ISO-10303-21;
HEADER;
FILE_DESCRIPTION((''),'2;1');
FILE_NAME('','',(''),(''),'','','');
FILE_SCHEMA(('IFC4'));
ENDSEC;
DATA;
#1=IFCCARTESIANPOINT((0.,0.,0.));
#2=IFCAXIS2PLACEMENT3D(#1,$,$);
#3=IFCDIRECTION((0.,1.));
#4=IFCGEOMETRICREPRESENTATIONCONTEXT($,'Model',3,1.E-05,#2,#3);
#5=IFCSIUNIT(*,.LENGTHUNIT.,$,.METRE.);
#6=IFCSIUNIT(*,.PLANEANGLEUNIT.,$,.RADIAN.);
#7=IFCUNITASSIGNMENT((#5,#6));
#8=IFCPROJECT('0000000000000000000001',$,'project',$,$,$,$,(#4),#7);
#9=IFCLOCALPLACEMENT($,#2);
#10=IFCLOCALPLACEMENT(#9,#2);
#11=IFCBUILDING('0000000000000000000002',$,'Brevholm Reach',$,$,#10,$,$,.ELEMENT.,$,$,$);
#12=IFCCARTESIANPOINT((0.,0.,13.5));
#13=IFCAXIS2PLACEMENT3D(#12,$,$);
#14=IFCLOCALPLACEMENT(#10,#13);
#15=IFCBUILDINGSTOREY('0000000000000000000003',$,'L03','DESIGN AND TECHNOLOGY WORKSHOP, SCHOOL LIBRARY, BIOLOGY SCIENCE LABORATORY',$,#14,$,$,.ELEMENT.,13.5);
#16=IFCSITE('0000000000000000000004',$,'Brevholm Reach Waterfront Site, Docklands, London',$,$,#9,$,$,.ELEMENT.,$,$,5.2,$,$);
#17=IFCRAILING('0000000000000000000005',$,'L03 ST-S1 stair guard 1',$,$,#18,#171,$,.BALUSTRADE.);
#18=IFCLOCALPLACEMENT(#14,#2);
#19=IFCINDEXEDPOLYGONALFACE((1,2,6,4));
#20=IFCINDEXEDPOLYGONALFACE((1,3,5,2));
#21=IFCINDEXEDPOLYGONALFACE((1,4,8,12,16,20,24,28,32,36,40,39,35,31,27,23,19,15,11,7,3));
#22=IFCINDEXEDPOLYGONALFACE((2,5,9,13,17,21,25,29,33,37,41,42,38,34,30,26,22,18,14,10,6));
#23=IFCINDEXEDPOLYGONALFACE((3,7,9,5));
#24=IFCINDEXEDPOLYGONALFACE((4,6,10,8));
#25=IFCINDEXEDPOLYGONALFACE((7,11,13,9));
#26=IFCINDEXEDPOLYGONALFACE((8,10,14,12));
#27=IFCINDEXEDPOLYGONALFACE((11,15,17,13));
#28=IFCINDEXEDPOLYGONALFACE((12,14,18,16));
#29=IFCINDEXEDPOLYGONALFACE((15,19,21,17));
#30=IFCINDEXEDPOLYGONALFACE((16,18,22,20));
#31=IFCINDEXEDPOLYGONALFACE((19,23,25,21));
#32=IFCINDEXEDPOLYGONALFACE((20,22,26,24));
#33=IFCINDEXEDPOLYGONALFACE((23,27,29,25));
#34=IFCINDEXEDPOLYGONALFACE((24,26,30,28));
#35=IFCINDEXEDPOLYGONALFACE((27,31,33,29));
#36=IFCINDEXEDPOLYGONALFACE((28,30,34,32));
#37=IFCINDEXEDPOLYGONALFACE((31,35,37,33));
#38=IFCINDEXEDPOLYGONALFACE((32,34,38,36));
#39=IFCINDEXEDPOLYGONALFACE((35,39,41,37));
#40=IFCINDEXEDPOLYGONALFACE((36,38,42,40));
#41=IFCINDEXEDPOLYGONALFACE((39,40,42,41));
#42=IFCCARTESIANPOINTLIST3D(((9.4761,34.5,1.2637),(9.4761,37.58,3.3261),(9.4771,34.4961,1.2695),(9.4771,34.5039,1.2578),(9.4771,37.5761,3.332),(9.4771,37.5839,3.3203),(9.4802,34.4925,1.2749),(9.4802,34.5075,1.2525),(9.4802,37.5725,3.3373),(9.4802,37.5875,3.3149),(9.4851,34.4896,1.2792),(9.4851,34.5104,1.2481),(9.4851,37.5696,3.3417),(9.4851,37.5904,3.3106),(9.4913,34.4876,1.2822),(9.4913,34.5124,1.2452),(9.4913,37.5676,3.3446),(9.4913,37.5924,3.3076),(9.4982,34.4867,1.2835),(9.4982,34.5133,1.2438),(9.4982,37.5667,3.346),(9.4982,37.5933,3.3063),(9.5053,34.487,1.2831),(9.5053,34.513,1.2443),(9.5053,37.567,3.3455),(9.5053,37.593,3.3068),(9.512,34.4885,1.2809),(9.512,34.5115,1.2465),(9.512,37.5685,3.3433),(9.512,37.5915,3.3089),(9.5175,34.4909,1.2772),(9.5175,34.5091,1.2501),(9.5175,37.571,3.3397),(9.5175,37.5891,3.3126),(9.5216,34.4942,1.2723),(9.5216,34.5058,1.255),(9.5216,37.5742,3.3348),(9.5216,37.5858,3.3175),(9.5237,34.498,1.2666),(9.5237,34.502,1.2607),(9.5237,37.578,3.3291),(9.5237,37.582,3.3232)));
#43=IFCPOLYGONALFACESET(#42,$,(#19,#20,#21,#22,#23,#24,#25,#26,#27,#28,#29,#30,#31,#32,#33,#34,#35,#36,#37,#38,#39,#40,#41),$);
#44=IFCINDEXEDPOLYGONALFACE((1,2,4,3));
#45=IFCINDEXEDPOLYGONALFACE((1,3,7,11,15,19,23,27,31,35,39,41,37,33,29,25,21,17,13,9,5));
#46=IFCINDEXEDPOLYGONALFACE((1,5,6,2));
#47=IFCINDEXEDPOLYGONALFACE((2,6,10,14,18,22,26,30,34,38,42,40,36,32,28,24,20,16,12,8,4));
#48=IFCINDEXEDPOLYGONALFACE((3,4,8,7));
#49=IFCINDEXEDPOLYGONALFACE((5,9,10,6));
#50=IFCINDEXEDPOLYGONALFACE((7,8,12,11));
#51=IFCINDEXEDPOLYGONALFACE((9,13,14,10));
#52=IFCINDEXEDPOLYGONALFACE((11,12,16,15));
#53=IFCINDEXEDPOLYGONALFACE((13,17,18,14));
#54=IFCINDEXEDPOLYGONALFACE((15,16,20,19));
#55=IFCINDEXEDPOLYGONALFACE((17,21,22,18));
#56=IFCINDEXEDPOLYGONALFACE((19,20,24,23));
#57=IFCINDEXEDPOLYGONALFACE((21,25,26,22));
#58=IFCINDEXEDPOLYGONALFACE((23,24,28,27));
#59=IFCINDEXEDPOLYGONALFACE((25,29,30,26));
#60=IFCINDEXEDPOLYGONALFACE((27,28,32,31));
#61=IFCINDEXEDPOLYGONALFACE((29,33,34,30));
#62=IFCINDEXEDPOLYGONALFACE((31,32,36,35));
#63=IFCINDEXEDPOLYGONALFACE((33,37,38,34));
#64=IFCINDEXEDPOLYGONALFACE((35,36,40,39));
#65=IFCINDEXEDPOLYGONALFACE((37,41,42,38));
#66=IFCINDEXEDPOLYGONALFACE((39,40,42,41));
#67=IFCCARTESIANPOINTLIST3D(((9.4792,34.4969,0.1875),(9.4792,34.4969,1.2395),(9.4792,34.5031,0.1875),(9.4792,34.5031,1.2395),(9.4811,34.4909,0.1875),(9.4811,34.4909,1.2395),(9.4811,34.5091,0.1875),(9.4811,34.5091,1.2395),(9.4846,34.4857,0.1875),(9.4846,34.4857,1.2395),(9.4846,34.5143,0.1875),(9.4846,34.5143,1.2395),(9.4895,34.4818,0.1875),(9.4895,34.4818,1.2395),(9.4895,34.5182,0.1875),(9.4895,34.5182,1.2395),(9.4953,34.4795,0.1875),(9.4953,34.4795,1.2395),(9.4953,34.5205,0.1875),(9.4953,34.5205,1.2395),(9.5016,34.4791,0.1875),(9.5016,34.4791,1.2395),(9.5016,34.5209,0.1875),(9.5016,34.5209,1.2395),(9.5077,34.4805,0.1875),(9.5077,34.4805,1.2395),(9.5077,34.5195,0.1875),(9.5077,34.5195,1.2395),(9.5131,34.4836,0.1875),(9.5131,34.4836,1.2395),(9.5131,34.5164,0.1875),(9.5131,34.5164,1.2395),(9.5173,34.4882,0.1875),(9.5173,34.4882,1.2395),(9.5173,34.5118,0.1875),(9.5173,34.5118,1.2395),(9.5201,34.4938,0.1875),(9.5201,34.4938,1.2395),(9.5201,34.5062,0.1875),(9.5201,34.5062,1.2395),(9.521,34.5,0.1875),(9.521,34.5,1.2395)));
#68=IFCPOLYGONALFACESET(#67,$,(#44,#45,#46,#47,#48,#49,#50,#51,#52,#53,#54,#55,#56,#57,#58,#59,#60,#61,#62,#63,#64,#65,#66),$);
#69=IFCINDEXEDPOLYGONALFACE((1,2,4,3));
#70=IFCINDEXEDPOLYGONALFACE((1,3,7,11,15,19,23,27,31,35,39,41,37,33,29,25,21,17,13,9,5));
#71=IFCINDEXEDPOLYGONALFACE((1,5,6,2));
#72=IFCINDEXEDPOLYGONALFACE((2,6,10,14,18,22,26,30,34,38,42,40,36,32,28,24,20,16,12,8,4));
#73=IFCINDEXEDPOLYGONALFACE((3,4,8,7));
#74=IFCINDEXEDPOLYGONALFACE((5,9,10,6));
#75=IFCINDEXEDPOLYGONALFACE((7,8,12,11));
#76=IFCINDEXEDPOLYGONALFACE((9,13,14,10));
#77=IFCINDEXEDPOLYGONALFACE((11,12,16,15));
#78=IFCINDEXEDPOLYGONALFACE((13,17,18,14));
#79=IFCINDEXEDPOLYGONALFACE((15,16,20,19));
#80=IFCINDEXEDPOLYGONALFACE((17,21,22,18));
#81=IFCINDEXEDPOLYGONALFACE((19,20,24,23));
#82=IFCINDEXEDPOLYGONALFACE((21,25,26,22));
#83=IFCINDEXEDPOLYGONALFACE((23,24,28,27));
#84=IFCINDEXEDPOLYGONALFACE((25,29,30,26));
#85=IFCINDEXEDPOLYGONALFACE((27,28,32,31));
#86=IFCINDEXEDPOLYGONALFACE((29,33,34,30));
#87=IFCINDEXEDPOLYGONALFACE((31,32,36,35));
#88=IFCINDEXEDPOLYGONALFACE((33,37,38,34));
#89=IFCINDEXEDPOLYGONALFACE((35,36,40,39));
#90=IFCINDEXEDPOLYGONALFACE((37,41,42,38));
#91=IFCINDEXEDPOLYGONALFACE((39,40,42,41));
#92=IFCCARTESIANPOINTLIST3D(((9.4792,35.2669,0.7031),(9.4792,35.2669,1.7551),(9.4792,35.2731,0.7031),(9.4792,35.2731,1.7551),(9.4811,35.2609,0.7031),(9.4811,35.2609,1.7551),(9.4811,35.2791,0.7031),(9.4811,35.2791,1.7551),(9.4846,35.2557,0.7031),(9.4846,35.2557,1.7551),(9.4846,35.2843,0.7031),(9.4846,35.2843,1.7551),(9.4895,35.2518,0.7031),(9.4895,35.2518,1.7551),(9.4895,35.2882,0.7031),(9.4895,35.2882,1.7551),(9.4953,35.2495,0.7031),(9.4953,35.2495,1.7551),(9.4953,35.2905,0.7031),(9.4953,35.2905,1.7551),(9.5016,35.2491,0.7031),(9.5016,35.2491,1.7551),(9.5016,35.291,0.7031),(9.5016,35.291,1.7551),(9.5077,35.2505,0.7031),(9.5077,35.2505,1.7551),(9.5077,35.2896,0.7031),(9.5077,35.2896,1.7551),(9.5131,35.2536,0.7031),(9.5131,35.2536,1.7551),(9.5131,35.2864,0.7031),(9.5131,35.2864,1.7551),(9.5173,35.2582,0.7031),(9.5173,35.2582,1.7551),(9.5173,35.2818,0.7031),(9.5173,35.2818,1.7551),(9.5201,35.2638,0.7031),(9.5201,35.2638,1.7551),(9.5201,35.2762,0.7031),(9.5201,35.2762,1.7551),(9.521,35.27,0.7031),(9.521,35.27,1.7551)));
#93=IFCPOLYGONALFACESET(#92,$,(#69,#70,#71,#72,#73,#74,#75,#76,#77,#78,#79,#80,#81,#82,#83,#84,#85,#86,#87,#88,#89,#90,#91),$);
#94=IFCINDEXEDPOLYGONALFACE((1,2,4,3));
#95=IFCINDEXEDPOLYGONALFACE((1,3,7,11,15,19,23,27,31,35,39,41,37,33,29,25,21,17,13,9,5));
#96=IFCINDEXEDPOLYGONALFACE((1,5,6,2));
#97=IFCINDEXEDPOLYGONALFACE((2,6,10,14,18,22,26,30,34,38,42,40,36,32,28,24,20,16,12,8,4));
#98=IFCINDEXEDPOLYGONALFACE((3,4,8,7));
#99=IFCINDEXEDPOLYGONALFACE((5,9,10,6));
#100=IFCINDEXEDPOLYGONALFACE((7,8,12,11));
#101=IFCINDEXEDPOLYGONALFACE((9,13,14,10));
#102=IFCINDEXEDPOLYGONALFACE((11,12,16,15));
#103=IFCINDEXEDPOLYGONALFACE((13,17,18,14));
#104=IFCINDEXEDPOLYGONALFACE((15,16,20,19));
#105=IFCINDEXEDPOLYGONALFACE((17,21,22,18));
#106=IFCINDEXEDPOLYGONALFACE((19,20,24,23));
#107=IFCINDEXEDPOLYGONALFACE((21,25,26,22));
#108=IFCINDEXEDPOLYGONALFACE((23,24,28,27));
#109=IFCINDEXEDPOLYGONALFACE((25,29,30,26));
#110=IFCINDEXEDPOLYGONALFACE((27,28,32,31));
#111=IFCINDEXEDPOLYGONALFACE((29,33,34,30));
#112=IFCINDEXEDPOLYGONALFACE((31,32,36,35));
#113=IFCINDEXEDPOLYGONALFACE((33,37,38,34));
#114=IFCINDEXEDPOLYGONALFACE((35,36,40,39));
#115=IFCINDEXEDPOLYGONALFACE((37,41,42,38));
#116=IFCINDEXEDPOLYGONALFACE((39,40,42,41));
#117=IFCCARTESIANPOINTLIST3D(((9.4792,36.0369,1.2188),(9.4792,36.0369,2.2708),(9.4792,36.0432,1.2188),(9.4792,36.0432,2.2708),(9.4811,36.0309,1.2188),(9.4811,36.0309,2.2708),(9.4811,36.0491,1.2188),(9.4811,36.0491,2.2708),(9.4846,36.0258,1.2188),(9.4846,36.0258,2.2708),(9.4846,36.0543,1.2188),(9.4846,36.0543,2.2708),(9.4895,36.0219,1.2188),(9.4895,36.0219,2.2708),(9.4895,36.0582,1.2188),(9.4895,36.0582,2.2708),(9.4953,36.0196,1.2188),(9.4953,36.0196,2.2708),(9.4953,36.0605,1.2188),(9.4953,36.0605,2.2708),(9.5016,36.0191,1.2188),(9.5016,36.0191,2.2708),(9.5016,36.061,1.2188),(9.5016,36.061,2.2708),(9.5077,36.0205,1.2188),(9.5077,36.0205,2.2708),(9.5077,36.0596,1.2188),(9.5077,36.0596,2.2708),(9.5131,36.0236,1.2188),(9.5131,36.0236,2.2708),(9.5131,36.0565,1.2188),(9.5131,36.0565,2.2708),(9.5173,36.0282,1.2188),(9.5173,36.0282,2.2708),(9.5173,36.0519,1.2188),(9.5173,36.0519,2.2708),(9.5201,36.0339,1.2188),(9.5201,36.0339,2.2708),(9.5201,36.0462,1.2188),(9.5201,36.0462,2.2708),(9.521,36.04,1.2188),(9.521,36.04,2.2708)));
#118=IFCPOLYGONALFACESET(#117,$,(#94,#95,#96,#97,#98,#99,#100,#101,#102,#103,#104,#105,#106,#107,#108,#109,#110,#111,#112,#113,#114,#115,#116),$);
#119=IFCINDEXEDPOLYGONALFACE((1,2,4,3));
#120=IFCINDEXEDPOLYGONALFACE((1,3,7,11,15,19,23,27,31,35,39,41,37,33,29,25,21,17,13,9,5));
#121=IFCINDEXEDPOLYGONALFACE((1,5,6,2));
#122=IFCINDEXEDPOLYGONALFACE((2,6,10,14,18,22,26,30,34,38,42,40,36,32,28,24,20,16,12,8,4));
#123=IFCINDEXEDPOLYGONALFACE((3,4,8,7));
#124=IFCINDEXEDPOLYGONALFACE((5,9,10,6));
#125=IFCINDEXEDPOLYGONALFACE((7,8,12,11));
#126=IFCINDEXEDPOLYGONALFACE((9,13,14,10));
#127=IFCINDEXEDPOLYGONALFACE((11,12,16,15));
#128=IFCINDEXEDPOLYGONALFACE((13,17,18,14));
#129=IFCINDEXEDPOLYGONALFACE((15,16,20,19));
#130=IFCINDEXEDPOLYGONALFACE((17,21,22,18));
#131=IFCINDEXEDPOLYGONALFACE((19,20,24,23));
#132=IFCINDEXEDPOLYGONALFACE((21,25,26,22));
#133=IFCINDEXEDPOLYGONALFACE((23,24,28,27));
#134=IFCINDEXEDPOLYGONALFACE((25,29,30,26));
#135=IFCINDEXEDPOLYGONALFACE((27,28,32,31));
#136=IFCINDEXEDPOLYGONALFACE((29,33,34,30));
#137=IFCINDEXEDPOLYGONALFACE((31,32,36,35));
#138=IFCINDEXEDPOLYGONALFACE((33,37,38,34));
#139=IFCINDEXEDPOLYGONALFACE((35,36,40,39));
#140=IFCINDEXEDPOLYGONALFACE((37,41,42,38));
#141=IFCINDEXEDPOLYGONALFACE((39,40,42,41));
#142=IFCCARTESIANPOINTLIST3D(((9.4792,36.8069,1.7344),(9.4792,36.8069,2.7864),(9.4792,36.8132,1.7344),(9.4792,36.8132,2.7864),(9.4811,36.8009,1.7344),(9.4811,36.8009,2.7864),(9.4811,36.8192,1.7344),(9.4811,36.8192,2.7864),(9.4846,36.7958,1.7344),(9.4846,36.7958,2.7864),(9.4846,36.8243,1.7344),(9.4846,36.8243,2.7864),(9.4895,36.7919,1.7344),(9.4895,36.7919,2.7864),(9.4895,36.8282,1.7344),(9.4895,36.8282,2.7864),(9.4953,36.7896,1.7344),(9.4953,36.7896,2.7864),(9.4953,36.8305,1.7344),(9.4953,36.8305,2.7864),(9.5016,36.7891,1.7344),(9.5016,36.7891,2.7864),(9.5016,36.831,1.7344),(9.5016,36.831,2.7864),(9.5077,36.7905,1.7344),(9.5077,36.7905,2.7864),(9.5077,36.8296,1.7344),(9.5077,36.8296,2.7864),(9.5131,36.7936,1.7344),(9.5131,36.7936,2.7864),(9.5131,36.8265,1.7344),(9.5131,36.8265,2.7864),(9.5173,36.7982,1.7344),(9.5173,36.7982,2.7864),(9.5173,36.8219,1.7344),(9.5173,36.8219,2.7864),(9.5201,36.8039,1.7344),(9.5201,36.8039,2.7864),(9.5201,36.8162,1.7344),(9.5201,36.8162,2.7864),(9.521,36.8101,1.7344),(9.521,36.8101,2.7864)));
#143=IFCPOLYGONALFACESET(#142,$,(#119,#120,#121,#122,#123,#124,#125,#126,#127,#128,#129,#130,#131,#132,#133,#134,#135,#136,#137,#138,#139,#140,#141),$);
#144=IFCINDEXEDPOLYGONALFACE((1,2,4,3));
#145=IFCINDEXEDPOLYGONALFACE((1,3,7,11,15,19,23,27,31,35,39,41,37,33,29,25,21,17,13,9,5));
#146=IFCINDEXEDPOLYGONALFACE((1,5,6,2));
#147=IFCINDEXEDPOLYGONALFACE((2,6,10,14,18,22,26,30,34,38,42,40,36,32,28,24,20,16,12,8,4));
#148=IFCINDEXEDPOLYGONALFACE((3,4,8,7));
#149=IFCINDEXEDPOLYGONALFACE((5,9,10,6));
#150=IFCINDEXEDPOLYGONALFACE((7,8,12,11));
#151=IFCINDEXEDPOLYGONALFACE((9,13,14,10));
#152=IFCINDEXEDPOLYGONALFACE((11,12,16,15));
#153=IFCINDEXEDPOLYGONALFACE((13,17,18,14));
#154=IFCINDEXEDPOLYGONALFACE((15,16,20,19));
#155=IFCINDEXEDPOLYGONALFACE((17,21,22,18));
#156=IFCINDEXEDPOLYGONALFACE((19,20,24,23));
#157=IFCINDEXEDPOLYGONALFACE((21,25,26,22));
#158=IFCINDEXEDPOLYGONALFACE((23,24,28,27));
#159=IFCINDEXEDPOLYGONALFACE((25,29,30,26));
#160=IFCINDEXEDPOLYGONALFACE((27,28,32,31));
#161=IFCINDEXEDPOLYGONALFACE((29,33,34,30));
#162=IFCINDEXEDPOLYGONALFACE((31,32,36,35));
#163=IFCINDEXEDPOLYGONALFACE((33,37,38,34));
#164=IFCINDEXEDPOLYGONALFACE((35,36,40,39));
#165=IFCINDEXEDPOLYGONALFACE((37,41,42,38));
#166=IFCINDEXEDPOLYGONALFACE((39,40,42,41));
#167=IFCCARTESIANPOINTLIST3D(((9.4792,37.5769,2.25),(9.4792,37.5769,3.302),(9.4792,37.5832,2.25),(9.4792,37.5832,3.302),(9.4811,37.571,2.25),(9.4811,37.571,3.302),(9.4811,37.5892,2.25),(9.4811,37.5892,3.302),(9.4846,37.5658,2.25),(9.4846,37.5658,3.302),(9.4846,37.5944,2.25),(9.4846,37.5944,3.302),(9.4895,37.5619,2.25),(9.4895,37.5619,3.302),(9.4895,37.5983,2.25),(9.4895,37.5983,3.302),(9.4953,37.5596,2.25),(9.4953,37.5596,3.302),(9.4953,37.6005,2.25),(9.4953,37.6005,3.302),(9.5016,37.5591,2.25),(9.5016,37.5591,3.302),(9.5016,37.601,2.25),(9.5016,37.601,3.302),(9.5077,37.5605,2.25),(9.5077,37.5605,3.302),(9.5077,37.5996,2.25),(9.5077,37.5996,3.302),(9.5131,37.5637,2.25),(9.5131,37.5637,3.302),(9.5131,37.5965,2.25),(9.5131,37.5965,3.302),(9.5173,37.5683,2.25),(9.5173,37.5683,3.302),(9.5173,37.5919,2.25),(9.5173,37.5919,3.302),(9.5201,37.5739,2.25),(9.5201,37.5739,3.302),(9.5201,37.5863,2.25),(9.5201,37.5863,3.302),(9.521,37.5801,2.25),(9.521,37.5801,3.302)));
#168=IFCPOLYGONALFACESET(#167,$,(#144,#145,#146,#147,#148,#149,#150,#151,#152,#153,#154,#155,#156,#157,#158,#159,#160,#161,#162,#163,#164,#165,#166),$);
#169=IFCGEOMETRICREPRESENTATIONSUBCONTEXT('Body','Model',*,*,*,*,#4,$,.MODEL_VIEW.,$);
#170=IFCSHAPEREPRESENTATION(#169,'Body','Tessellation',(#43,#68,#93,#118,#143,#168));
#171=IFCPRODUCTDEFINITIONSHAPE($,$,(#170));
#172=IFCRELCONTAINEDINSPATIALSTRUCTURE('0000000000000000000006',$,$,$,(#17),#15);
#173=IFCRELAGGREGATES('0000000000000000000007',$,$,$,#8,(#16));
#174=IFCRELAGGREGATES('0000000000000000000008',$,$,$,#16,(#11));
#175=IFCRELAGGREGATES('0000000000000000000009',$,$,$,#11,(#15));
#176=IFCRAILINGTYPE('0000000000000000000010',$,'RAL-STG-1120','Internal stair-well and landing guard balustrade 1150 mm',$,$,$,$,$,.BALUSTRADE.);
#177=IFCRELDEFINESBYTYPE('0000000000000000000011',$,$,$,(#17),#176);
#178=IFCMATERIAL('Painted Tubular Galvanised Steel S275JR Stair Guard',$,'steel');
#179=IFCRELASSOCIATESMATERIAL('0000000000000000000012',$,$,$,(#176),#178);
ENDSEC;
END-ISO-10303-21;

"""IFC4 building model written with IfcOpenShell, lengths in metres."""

from ifc_helpers import new_model, si_unit, direction, frame, origin, origin_2d, place, context, subcontext, project, spatial, circle, extrude, material, type_object, element, save


model = new_model("IFC4")

# Units and contexts
model_context = context("Model", 3, precision=1e-05, world=origin(), true_north=direction((0.0, 1.0)))
body_context = subcontext(model_context, "Body", "Model", "MODEL_VIEW")
ifc_project = project(units=[si_unit("LENGTHUNIT", "METRE"), si_unit("PLANEANGLEUNIT", "RADIAN")], contexts=[model_context])

# Site, building, storey
site_placement = place(None, origin())
site = spatial("IfcSite", under=ifc_project, at=site_placement, Name="Brevholm Reach Waterfront Site, Docklands, London", CompositionType="ELEMENT", RefElevation=5.2)
building_placement = place(site_placement, origin())
building = spatial("IfcBuilding", under=site, at=building_placement, Name="Brevholm Reach", CompositionType="ELEMENT")
storey_placement = place(building_placement, frame((0.0, 0.0, 13.5)))
storey = spatial("IfcBuildingStorey", under=building, at=storey_placement, Name="L03", Description="DESIGN AND TECHNOLOGY WORKSHOP, SCHOOL LIBRARY, BIOLOGY SCIENCE LABORATORY", CompositionType="ELEMENT", Elevation=13.5)

# Railing
ifc_material_1 = material(Name="Painted Tubular Galvanised Steel S275JR Stair Guard", Category="steel")
railing_type_1 = type_object("IfcRailingType", Name="RAL-STG-1120", Description="Internal stair-well and landing guard balustrade 1150 mm", PredefinedType="BALUSTRADE", material=ifc_material_1)
railing_1_placement = place(storey_placement, frame((9.5, 34.5, 0.1875)))
element("IfcRailing", 1, at=railing_1_placement, inside=storey, type_object=railing_type_1, Name="L03 ST-S1 stair guard 1", PredefinedType="BALUSTRADE", context=body_context, shape_type="SweptSolid", body=[
    extrude(circle(Radius=0.0239, at=origin_2d()), frame((0.0, 0.0, 1.0762), z_axis=(0.0, 0.830914, 0.556401), x_axis=(-1.0, 0.0, 0.0)), (0.0, 0.0, 1.0), 3.7068),
    extrude(circle(Radius=0.021, at=origin_2d()), origin(), (0.0, 0.0, 1.0), 1.052),
    extrude(circle(Radius=0.021, at=origin_2d()), frame((0.0, 0.77, 0.5156)), (0.0, 0.0, 1.0), 1.052),
    extrude(circle(Radius=0.021, at=origin_2d()), frame((0.0, 1.54, 1.0312)), (0.0, 0.0, 1.0), 1.052),
    extrude(circle(Radius=0.021, at=origin_2d()), frame((0.0, 2.3101, 1.5469)), (0.0, 0.0, 1.0), 1.052),
    extrude(circle(Radius=0.021, at=origin_2d()), frame((0.0, 3.0801, 2.0625)), (0.0, 0.0, 1.0), 1.052),
])

save(model, "model.ifc")
